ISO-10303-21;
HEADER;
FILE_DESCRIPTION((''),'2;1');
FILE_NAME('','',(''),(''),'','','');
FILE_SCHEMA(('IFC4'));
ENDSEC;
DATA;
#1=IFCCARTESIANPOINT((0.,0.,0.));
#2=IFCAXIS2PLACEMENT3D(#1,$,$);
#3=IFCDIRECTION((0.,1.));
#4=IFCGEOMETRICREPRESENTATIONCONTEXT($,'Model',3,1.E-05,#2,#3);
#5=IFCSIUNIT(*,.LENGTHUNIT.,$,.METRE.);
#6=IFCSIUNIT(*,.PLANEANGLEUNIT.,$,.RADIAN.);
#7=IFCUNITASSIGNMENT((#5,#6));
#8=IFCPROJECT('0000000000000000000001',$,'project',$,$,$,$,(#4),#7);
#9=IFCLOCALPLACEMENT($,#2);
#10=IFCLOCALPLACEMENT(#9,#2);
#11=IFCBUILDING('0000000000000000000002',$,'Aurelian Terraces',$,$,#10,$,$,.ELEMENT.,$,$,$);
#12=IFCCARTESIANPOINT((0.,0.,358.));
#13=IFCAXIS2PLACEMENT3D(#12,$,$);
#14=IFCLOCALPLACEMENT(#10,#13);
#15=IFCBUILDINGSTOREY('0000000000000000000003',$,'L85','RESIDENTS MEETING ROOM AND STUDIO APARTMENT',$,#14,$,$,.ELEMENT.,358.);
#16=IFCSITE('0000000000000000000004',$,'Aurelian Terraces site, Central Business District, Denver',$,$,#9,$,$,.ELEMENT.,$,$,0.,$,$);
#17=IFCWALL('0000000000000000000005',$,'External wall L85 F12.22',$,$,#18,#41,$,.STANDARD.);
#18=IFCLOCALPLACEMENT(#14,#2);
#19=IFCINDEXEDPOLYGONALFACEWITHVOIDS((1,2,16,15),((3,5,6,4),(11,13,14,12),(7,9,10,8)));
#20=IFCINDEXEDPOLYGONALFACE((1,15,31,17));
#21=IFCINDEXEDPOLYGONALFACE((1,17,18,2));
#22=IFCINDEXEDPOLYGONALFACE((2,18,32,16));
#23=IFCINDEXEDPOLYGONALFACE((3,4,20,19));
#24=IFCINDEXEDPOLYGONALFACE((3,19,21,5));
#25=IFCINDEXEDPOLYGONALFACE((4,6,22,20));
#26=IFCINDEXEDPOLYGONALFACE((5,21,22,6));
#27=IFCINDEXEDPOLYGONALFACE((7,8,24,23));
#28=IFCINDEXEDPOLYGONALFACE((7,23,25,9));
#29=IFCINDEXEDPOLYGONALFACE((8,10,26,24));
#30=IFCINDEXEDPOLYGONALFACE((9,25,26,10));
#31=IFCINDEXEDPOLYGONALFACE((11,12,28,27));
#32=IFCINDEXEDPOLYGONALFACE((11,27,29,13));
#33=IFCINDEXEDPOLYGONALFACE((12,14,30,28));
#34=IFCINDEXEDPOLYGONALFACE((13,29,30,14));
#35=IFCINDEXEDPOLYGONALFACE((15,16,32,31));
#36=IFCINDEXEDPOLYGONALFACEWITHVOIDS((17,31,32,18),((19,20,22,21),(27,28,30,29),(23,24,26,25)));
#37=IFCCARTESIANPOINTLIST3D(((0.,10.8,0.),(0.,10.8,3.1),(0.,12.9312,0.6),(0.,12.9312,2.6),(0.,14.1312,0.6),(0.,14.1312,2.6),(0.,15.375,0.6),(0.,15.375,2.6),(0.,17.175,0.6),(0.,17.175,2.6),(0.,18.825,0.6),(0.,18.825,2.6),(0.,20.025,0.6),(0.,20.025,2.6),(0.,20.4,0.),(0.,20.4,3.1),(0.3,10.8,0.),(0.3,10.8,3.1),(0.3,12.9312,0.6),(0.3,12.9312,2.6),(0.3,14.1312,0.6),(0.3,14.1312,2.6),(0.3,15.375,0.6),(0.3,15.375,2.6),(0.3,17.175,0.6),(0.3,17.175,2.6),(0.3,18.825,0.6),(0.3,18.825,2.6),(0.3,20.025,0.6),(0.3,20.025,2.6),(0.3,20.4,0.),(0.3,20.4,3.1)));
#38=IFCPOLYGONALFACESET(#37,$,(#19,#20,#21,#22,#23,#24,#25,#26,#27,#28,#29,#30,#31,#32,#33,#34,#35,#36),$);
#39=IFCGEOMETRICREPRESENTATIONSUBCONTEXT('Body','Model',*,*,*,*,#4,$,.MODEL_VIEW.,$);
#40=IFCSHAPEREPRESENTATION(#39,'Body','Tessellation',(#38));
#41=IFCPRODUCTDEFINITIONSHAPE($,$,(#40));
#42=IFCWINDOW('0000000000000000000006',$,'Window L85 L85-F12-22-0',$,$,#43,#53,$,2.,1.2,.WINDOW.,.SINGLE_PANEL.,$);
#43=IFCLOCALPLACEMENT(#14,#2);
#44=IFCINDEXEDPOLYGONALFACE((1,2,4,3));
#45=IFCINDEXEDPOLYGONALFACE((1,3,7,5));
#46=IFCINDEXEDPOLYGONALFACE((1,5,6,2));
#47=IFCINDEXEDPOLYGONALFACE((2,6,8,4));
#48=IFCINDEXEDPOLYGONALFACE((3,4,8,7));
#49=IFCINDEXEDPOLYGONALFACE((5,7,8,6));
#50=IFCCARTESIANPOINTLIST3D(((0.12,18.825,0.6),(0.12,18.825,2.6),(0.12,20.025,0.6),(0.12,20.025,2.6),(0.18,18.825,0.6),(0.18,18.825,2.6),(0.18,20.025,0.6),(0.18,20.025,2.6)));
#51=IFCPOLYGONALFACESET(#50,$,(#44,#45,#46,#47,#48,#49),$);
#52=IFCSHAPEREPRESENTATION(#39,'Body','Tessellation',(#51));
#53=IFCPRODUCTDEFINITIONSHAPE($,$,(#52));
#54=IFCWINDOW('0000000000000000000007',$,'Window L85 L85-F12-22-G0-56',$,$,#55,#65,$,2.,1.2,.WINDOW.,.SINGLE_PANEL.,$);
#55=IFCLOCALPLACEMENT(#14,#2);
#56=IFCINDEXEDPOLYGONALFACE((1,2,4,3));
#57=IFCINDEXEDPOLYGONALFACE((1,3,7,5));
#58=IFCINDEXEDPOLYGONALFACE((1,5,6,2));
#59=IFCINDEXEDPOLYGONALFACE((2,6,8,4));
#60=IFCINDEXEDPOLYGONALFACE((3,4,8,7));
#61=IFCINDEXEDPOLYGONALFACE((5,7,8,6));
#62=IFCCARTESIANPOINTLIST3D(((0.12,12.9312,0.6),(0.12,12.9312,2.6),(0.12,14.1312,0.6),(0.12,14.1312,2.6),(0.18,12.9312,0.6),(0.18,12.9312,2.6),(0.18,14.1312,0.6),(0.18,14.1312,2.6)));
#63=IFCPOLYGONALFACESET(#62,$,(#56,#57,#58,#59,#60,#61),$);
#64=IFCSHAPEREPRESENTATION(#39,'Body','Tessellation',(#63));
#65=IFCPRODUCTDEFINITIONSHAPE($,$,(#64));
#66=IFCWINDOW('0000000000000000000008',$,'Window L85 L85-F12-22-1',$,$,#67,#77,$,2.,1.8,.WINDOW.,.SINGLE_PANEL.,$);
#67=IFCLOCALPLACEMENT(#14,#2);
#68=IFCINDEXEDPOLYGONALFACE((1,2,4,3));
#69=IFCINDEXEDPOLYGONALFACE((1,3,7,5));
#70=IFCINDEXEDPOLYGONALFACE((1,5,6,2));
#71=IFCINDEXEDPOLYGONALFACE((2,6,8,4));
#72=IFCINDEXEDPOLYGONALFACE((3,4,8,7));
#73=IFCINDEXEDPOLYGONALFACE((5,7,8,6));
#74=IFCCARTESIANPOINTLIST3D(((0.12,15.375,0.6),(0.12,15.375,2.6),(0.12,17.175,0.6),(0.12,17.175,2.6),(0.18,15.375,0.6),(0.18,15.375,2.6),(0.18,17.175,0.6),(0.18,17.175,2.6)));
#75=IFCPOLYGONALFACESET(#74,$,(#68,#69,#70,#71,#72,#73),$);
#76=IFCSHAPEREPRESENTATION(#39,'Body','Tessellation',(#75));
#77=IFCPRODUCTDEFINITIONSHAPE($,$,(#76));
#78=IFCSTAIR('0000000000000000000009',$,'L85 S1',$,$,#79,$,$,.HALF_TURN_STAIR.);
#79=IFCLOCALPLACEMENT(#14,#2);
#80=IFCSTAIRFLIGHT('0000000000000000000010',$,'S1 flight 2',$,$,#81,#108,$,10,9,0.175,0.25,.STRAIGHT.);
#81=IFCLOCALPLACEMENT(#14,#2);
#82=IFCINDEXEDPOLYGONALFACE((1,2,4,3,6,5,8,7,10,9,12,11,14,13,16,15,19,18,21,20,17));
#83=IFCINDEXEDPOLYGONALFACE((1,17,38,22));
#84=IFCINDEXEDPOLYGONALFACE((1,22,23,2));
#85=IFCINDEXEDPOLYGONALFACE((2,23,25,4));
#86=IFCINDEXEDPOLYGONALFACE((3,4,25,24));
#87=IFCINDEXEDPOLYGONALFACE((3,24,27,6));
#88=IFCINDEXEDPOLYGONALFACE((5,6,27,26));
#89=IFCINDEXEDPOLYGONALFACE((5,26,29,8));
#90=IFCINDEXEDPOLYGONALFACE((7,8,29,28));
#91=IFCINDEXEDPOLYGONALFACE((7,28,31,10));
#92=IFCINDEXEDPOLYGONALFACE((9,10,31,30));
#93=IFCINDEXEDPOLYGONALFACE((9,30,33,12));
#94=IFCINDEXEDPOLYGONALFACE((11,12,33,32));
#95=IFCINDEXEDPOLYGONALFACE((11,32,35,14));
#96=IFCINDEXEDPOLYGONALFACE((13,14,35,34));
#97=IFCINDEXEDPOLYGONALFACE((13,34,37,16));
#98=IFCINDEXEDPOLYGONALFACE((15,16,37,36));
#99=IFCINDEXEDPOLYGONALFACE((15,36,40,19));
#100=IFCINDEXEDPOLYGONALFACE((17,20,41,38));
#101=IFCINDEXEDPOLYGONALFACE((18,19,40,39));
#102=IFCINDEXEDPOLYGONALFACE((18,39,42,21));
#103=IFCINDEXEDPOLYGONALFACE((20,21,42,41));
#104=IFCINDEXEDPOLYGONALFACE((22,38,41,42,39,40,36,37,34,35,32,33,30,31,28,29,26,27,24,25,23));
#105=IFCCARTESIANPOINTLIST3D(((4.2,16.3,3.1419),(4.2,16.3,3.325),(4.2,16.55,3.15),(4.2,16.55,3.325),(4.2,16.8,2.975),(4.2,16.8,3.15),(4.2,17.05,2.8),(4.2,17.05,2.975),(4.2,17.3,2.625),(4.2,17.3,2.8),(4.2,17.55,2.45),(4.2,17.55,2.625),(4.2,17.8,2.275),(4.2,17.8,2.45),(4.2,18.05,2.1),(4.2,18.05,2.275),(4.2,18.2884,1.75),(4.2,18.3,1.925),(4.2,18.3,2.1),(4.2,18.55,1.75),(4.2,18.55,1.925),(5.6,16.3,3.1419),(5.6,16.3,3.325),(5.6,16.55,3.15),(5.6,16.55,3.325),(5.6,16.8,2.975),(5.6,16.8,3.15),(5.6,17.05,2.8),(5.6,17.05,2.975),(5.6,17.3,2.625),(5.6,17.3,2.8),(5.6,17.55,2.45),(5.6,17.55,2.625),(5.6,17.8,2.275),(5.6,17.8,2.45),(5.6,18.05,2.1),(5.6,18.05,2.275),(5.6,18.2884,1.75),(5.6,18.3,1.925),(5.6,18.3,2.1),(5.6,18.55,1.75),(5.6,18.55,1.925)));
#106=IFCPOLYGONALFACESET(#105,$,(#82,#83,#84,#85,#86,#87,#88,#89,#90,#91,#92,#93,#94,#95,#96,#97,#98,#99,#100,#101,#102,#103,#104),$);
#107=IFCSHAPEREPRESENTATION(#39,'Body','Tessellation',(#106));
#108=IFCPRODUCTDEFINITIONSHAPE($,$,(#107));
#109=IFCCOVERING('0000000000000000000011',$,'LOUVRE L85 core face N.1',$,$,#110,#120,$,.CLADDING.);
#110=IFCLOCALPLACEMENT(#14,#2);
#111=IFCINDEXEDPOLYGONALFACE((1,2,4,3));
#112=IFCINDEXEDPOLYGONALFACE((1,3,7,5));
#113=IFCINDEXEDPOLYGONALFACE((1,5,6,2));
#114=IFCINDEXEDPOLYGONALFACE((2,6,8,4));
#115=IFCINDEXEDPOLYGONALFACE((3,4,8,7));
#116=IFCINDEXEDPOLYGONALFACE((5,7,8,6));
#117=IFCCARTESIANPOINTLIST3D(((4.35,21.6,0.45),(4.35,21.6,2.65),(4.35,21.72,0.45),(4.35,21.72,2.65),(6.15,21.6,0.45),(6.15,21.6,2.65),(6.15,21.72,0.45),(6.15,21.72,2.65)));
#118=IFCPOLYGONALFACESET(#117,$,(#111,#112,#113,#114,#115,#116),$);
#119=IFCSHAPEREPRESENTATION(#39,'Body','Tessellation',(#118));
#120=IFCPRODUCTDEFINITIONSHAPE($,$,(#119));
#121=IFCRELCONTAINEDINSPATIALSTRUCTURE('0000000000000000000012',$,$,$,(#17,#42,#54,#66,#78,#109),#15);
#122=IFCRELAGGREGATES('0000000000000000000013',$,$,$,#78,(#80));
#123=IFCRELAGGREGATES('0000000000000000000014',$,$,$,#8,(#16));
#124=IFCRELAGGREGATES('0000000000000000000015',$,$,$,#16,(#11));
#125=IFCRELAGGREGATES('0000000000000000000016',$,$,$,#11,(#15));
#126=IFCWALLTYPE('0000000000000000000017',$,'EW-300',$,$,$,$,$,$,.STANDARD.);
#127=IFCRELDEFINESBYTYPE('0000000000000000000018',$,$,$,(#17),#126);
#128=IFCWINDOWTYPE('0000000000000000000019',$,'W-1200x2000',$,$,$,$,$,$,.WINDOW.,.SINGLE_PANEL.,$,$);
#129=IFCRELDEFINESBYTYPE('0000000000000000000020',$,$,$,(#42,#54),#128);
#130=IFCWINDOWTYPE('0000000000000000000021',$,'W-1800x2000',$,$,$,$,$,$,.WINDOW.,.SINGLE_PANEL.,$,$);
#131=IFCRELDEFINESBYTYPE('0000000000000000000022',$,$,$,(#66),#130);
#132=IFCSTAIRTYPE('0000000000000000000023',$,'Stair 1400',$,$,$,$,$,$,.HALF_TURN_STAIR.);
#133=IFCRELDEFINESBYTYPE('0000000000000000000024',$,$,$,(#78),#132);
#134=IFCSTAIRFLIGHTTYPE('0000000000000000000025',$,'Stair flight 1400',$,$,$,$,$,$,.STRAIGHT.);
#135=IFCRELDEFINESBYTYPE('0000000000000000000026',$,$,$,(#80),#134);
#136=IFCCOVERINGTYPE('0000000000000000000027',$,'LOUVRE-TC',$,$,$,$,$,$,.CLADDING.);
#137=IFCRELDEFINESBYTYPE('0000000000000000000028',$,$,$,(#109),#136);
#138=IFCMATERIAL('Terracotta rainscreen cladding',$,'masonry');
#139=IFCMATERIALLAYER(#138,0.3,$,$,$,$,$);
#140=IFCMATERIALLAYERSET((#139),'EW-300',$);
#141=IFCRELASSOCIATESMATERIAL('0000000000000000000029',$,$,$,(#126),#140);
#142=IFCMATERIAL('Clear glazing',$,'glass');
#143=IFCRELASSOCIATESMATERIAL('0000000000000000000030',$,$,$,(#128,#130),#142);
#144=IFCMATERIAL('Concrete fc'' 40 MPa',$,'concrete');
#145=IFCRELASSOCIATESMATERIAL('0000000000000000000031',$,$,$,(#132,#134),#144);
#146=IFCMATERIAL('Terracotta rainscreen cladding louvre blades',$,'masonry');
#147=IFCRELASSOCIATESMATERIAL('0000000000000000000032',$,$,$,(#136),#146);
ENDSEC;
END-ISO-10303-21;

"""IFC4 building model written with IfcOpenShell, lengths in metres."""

from ifc_helpers import new_model, si_unit, direction, frame, frame_2d, origin, origin_2d, place, context, subcontext, project, spatial, polyline, rectangle, outline, extrude, source, transform, mapped, material, layer, layer_set, type_object, element, fill, aggregate, save


model = new_model("IFC4")

# Units and contexts
model_context = context("Model", 3, precision=1e-05, world=origin(), true_north=direction((0.0, 1.0)))
body_context = subcontext(model_context, "Body", "Model", "MODEL_VIEW")
ifc_project = project(units=[si_unit("LENGTHUNIT", "METRE"), si_unit("PLANEANGLEUNIT", "RADIAN")], contexts=[model_context])

# Site, building, storey
site_placement = place(None, origin())
site = spatial("IfcSite", under=ifc_project, at=site_placement, Name="Aurelian Terraces site, Central Business District, Denver", CompositionType="ELEMENT", RefElevation=0.0)
building_placement = place(site_placement, origin())
building = spatial("IfcBuilding", under=site, at=building_placement, Name="Aurelian Terraces", CompositionType="ELEMENT")
storey_placement = place(building_placement, frame((0.0, 0.0, 358.0)))
storey = spatial("IfcBuildingStorey", under=building, at=storey_placement, Name="L85", Description="RESIDENTS MEETING ROOM AND STUDIO APARTMENT", CompositionType="ELEMENT", Elevation=358.0)

# Shared definitions
ifc_material_1 = material(Name="Terracotta rainscreen cladding", Category="masonry")
ifc_layer_1 = layer(ifc_material_1, 0.3)
ifc_layer_set_1 = layer_set([ifc_layer_1], Name="EW-300")
wall_type_1 = type_object("IfcWallType", Name="EW-300", PredefinedType="STANDARD", material=ifc_layer_set_1)
ifc_material_2 = material(Name="Clear glazing", Category="glass")

# Wall, openings, windows
shared_shape_1 = source(origin(), body_context, "Body", "SweptSolid", [
    extrude(rectangle(XDim=9.6, YDim=0.3, at=frame_2d((4.8, 0.0))), origin(), (0.0, 0.0, 1.0), 3.1),
])
wall_1_placement = place(storey_placement, frame((0.15, 20.4, 0.0), z_axis=(0.0, 0.0, 1.0), x_axis=(0.0, -1.0, 0.0)))
wall_1 = element("IfcWall", 1, at=wall_1_placement, inside=storey, type_object=wall_type_1, Name="External wall L85 F12.22", PredefinedType="STANDARD", context=body_context, shape_type="MappedRepresentation", body=[
    mapped(shared_shape_1, transform((0.0, 0.0, 0.0), scale=1.0)),
])
shared_shape_2 = source(origin(), body_context, "Body", "SweptSolid", [
    extrude(rectangle(XDim=1.2, YDim=2.0, at=frame_2d((0.6, 1.0))), frame((0.0, 0.16, 0.0), z_axis=(0.0, -1.0, 0.0), x_axis=(1.0, 0.0, 0.0)), (0.0, 0.0, 1.0), 0.32),
])
opening_1_placement = place(wall_1_placement, frame((0.375, 0.0, 0.6)))
opening_1 = element("IfcOpeningElement", 2, at=opening_1_placement, cuts=wall_1, PredefinedType="OPENING", context=body_context, shape_type="MappedRepresentation", body=[
    mapped(shared_shape_2, transform((0.0, 0.0, 0.0), scale=1.0)),
])
shared_shape_3 = source(origin(), body_context, "Body", "SweptSolid", [
    extrude(rectangle(XDim=1.8, YDim=2.0, at=frame_2d((0.9, 1.0))), frame((0.0, 0.16, 0.0), z_axis=(0.0, -1.0, 0.0), x_axis=(1.0, 0.0, 0.0)), (0.0, 0.0, 1.0), 0.32),
])
opening_2_placement = place(wall_1_placement, frame((3.225, 0.0, 0.6)))
opening_2 = element("IfcOpeningElement", 3, at=opening_2_placement, cuts=wall_1, PredefinedType="OPENING", context=body_context, shape_type="MappedRepresentation", body=[
    mapped(shared_shape_3, transform((0.0, 0.0, 0.0), scale=1.0)),
])
opening_3_placement = place(wall_1_placement, frame((6.2688, 0.0, 0.6)))
opening_3 = element("IfcOpeningElement", 4, at=opening_3_placement, cuts=wall_1, PredefinedType="OPENING", context=body_context, shape_type="MappedRepresentation", body=[
    mapped(shared_shape_2, transform((0.0, 0.0, 0.0), scale=1.0)),
])
window_type_1 = type_object("IfcWindowType", Name="W-1200x2000", PartitioningType="SINGLE_PANEL", PredefinedType="WINDOW", material=ifc_material_2)
shared_shape_4 = source(origin(), body_context, "Body", "SweptSolid", [
    extrude(rectangle(XDim=1.2, YDim=2.0, at=frame_2d((0.6, 1.0))), frame((0.0, 0.03, 0.0), z_axis=(0.0, -1.0, 0.0), x_axis=(1.0, 0.0, 0.0)), (0.0, 0.0, 1.0), 0.06),
])
window_1_placement = place(opening_1_placement, origin())
window_1 = element("IfcWindow", 5, at=window_1_placement, inside=storey, type_object=window_type_1, Name="Window L85 L85-F12-22-0", OverallHeight=2.0, OverallWidth=1.2, PartitioningType="SINGLE_PANEL", PredefinedType="WINDOW", context=body_context, shape_type="MappedRepresentation", body=[
    mapped(shared_shape_4, transform((0.0, 0.0, 0.0), scale=1.0)),
])
fill(opening_1, window_1)
window_2_placement = place(opening_3_placement, origin())
window_2 = element("IfcWindow", 6, at=window_2_placement, inside=storey, type_object=window_type_1, Name="Window L85 L85-F12-22-G0-56", OverallHeight=2.0, OverallWidth=1.2, PartitioningType="SINGLE_PANEL", PredefinedType="WINDOW", context=body_context, shape_type="MappedRepresentation", body=[
    mapped(shared_shape_4, transform((0.0, 0.0, 0.0), scale=1.0)),
])
fill(opening_3, window_2)
window_type_2 = type_object("IfcWindowType", Name="W-1800x2000", PartitioningType="SINGLE_PANEL", PredefinedType="WINDOW", material=ifc_material_2)
shared_shape_5 = source(origin(), body_context, "Body", "SweptSolid", [
    extrude(rectangle(XDim=1.8, YDim=2.0, at=frame_2d((0.9, 1.0))), frame((0.0, 0.03, 0.0), z_axis=(0.0, -1.0, 0.0), x_axis=(1.0, 0.0, 0.0)), (0.0, 0.0, 1.0), 0.06),
])
window_3_placement = place(opening_2_placement, origin())
window_3 = element("IfcWindow", 7, at=window_3_placement, inside=storey, type_object=window_type_2, Name="Window L85 L85-F12-22-1", OverallHeight=2.0, OverallWidth=1.8, PartitioningType="SINGLE_PANEL", PredefinedType="WINDOW", context=body_context, shape_type="MappedRepresentation", body=[
    mapped(shared_shape_5, transform((0.0, 0.0, 0.0), scale=1.0)),
])
fill(opening_2, window_3)

# Stair, stair flight
ifc_material_3 = material(Name="Concrete fc' 40 MPa", Category="concrete")
stair_type = type_object("IfcStairType", Name="Stair 1400", PredefinedType="HALF_TURN_STAIR", material=ifc_material_3)
stair_placement = place(storey_placement, origin())
stair = element("IfcStair", 8, at=stair_placement, inside=storey, type_object=stair_type, Name="L85 S1", PredefinedType="HALF_TURN_STAIR")
stair_flight_type = type_object("IfcStairFlightType", Name="Stair flight 1400", PredefinedType="STRAIGHT", material=ifc_material_3)
shared_shape_6 = source(origin(), body_context, "Body", "SweptSolid", [
    extrude(outline(polyline([(0.0, 0.0), (0.0, 0.175), (0.25, 0.175), (0.25, 0.35), (0.5, 0.35), (0.5, 0.525), (0.75, 0.525), (0.75, 0.7), (1.0, 0.7), (1.0, 0.875), (1.25, 0.875), (1.25, 1.05), (1.5, 1.05), (1.5, 1.225), (1.75, 1.225), (1.75, 1.4), (2.0, 1.4), (2.0, 1.575), (2.25, 1.575), (2.25, 1.75), (2.25, 1.3919), (0.2616, 0.0), (0.0, 0.0)])), frame((0.0, 0.7, 0.0), z_axis=(0.0, -1.0, 0.0), x_axis=(1.0, 0.0, 0.0)), (0.0, 0.0, 1.0), 1.4),
])
stair_flight_placement = place(storey_placement, frame((4.9, 18.55, 1.75), z_axis=(0.0, 0.0, 1.0), x_axis=(0.0, -1.0, 0.0)))
stair_flight = element("IfcStairFlight", 9, at=stair_flight_placement, type_object=stair_flight_type, Name="S1 flight 2", NumberOfRisers=10, NumberOfTreads=9, PredefinedType="STRAIGHT", RiserHeight=0.175, TreadLength=0.25, context=body_context, shape_type="MappedRepresentation", body=[
    mapped(shared_shape_6, transform((0.0, 0.0, 0.0), scale=1.0)),
])
aggregate(stair, [stair_flight])

# Covering
ifc_material_4 = material(Name="Terracotta rainscreen cladding louvre blades", Category="masonry")
covering_type_1 = type_object("IfcCoveringType", Name="LOUVRE-TC", PredefinedType="CLADDING", material=ifc_material_4)
shared_shape_7 = source(origin(), body_context, "Body", "SweptSolid", [
    extrude(rectangle(XDim=1.8, YDim=0.12, at=origin_2d()), origin(), (0.0, 0.0, 1.0), 2.2),
])
covering_1_placement = place(storey_placement, frame((5.25, 21.66, 0.45), z_axis=(0.0, 0.0, 1.0), x_axis=(1.0, 0.0, 0.0)))
element("IfcCovering", 10, at=covering_1_placement, inside=storey, type_object=covering_type_1, Name="LOUVRE L85 core face N.1", PredefinedType="CLADDING", context=body_context, shape_type="MappedRepresentation", body=[
    mapped(shared_shape_7, transform((0.0, 0.0, 0.0), scale=1.0)),
])

save(model, "model.ifc")
